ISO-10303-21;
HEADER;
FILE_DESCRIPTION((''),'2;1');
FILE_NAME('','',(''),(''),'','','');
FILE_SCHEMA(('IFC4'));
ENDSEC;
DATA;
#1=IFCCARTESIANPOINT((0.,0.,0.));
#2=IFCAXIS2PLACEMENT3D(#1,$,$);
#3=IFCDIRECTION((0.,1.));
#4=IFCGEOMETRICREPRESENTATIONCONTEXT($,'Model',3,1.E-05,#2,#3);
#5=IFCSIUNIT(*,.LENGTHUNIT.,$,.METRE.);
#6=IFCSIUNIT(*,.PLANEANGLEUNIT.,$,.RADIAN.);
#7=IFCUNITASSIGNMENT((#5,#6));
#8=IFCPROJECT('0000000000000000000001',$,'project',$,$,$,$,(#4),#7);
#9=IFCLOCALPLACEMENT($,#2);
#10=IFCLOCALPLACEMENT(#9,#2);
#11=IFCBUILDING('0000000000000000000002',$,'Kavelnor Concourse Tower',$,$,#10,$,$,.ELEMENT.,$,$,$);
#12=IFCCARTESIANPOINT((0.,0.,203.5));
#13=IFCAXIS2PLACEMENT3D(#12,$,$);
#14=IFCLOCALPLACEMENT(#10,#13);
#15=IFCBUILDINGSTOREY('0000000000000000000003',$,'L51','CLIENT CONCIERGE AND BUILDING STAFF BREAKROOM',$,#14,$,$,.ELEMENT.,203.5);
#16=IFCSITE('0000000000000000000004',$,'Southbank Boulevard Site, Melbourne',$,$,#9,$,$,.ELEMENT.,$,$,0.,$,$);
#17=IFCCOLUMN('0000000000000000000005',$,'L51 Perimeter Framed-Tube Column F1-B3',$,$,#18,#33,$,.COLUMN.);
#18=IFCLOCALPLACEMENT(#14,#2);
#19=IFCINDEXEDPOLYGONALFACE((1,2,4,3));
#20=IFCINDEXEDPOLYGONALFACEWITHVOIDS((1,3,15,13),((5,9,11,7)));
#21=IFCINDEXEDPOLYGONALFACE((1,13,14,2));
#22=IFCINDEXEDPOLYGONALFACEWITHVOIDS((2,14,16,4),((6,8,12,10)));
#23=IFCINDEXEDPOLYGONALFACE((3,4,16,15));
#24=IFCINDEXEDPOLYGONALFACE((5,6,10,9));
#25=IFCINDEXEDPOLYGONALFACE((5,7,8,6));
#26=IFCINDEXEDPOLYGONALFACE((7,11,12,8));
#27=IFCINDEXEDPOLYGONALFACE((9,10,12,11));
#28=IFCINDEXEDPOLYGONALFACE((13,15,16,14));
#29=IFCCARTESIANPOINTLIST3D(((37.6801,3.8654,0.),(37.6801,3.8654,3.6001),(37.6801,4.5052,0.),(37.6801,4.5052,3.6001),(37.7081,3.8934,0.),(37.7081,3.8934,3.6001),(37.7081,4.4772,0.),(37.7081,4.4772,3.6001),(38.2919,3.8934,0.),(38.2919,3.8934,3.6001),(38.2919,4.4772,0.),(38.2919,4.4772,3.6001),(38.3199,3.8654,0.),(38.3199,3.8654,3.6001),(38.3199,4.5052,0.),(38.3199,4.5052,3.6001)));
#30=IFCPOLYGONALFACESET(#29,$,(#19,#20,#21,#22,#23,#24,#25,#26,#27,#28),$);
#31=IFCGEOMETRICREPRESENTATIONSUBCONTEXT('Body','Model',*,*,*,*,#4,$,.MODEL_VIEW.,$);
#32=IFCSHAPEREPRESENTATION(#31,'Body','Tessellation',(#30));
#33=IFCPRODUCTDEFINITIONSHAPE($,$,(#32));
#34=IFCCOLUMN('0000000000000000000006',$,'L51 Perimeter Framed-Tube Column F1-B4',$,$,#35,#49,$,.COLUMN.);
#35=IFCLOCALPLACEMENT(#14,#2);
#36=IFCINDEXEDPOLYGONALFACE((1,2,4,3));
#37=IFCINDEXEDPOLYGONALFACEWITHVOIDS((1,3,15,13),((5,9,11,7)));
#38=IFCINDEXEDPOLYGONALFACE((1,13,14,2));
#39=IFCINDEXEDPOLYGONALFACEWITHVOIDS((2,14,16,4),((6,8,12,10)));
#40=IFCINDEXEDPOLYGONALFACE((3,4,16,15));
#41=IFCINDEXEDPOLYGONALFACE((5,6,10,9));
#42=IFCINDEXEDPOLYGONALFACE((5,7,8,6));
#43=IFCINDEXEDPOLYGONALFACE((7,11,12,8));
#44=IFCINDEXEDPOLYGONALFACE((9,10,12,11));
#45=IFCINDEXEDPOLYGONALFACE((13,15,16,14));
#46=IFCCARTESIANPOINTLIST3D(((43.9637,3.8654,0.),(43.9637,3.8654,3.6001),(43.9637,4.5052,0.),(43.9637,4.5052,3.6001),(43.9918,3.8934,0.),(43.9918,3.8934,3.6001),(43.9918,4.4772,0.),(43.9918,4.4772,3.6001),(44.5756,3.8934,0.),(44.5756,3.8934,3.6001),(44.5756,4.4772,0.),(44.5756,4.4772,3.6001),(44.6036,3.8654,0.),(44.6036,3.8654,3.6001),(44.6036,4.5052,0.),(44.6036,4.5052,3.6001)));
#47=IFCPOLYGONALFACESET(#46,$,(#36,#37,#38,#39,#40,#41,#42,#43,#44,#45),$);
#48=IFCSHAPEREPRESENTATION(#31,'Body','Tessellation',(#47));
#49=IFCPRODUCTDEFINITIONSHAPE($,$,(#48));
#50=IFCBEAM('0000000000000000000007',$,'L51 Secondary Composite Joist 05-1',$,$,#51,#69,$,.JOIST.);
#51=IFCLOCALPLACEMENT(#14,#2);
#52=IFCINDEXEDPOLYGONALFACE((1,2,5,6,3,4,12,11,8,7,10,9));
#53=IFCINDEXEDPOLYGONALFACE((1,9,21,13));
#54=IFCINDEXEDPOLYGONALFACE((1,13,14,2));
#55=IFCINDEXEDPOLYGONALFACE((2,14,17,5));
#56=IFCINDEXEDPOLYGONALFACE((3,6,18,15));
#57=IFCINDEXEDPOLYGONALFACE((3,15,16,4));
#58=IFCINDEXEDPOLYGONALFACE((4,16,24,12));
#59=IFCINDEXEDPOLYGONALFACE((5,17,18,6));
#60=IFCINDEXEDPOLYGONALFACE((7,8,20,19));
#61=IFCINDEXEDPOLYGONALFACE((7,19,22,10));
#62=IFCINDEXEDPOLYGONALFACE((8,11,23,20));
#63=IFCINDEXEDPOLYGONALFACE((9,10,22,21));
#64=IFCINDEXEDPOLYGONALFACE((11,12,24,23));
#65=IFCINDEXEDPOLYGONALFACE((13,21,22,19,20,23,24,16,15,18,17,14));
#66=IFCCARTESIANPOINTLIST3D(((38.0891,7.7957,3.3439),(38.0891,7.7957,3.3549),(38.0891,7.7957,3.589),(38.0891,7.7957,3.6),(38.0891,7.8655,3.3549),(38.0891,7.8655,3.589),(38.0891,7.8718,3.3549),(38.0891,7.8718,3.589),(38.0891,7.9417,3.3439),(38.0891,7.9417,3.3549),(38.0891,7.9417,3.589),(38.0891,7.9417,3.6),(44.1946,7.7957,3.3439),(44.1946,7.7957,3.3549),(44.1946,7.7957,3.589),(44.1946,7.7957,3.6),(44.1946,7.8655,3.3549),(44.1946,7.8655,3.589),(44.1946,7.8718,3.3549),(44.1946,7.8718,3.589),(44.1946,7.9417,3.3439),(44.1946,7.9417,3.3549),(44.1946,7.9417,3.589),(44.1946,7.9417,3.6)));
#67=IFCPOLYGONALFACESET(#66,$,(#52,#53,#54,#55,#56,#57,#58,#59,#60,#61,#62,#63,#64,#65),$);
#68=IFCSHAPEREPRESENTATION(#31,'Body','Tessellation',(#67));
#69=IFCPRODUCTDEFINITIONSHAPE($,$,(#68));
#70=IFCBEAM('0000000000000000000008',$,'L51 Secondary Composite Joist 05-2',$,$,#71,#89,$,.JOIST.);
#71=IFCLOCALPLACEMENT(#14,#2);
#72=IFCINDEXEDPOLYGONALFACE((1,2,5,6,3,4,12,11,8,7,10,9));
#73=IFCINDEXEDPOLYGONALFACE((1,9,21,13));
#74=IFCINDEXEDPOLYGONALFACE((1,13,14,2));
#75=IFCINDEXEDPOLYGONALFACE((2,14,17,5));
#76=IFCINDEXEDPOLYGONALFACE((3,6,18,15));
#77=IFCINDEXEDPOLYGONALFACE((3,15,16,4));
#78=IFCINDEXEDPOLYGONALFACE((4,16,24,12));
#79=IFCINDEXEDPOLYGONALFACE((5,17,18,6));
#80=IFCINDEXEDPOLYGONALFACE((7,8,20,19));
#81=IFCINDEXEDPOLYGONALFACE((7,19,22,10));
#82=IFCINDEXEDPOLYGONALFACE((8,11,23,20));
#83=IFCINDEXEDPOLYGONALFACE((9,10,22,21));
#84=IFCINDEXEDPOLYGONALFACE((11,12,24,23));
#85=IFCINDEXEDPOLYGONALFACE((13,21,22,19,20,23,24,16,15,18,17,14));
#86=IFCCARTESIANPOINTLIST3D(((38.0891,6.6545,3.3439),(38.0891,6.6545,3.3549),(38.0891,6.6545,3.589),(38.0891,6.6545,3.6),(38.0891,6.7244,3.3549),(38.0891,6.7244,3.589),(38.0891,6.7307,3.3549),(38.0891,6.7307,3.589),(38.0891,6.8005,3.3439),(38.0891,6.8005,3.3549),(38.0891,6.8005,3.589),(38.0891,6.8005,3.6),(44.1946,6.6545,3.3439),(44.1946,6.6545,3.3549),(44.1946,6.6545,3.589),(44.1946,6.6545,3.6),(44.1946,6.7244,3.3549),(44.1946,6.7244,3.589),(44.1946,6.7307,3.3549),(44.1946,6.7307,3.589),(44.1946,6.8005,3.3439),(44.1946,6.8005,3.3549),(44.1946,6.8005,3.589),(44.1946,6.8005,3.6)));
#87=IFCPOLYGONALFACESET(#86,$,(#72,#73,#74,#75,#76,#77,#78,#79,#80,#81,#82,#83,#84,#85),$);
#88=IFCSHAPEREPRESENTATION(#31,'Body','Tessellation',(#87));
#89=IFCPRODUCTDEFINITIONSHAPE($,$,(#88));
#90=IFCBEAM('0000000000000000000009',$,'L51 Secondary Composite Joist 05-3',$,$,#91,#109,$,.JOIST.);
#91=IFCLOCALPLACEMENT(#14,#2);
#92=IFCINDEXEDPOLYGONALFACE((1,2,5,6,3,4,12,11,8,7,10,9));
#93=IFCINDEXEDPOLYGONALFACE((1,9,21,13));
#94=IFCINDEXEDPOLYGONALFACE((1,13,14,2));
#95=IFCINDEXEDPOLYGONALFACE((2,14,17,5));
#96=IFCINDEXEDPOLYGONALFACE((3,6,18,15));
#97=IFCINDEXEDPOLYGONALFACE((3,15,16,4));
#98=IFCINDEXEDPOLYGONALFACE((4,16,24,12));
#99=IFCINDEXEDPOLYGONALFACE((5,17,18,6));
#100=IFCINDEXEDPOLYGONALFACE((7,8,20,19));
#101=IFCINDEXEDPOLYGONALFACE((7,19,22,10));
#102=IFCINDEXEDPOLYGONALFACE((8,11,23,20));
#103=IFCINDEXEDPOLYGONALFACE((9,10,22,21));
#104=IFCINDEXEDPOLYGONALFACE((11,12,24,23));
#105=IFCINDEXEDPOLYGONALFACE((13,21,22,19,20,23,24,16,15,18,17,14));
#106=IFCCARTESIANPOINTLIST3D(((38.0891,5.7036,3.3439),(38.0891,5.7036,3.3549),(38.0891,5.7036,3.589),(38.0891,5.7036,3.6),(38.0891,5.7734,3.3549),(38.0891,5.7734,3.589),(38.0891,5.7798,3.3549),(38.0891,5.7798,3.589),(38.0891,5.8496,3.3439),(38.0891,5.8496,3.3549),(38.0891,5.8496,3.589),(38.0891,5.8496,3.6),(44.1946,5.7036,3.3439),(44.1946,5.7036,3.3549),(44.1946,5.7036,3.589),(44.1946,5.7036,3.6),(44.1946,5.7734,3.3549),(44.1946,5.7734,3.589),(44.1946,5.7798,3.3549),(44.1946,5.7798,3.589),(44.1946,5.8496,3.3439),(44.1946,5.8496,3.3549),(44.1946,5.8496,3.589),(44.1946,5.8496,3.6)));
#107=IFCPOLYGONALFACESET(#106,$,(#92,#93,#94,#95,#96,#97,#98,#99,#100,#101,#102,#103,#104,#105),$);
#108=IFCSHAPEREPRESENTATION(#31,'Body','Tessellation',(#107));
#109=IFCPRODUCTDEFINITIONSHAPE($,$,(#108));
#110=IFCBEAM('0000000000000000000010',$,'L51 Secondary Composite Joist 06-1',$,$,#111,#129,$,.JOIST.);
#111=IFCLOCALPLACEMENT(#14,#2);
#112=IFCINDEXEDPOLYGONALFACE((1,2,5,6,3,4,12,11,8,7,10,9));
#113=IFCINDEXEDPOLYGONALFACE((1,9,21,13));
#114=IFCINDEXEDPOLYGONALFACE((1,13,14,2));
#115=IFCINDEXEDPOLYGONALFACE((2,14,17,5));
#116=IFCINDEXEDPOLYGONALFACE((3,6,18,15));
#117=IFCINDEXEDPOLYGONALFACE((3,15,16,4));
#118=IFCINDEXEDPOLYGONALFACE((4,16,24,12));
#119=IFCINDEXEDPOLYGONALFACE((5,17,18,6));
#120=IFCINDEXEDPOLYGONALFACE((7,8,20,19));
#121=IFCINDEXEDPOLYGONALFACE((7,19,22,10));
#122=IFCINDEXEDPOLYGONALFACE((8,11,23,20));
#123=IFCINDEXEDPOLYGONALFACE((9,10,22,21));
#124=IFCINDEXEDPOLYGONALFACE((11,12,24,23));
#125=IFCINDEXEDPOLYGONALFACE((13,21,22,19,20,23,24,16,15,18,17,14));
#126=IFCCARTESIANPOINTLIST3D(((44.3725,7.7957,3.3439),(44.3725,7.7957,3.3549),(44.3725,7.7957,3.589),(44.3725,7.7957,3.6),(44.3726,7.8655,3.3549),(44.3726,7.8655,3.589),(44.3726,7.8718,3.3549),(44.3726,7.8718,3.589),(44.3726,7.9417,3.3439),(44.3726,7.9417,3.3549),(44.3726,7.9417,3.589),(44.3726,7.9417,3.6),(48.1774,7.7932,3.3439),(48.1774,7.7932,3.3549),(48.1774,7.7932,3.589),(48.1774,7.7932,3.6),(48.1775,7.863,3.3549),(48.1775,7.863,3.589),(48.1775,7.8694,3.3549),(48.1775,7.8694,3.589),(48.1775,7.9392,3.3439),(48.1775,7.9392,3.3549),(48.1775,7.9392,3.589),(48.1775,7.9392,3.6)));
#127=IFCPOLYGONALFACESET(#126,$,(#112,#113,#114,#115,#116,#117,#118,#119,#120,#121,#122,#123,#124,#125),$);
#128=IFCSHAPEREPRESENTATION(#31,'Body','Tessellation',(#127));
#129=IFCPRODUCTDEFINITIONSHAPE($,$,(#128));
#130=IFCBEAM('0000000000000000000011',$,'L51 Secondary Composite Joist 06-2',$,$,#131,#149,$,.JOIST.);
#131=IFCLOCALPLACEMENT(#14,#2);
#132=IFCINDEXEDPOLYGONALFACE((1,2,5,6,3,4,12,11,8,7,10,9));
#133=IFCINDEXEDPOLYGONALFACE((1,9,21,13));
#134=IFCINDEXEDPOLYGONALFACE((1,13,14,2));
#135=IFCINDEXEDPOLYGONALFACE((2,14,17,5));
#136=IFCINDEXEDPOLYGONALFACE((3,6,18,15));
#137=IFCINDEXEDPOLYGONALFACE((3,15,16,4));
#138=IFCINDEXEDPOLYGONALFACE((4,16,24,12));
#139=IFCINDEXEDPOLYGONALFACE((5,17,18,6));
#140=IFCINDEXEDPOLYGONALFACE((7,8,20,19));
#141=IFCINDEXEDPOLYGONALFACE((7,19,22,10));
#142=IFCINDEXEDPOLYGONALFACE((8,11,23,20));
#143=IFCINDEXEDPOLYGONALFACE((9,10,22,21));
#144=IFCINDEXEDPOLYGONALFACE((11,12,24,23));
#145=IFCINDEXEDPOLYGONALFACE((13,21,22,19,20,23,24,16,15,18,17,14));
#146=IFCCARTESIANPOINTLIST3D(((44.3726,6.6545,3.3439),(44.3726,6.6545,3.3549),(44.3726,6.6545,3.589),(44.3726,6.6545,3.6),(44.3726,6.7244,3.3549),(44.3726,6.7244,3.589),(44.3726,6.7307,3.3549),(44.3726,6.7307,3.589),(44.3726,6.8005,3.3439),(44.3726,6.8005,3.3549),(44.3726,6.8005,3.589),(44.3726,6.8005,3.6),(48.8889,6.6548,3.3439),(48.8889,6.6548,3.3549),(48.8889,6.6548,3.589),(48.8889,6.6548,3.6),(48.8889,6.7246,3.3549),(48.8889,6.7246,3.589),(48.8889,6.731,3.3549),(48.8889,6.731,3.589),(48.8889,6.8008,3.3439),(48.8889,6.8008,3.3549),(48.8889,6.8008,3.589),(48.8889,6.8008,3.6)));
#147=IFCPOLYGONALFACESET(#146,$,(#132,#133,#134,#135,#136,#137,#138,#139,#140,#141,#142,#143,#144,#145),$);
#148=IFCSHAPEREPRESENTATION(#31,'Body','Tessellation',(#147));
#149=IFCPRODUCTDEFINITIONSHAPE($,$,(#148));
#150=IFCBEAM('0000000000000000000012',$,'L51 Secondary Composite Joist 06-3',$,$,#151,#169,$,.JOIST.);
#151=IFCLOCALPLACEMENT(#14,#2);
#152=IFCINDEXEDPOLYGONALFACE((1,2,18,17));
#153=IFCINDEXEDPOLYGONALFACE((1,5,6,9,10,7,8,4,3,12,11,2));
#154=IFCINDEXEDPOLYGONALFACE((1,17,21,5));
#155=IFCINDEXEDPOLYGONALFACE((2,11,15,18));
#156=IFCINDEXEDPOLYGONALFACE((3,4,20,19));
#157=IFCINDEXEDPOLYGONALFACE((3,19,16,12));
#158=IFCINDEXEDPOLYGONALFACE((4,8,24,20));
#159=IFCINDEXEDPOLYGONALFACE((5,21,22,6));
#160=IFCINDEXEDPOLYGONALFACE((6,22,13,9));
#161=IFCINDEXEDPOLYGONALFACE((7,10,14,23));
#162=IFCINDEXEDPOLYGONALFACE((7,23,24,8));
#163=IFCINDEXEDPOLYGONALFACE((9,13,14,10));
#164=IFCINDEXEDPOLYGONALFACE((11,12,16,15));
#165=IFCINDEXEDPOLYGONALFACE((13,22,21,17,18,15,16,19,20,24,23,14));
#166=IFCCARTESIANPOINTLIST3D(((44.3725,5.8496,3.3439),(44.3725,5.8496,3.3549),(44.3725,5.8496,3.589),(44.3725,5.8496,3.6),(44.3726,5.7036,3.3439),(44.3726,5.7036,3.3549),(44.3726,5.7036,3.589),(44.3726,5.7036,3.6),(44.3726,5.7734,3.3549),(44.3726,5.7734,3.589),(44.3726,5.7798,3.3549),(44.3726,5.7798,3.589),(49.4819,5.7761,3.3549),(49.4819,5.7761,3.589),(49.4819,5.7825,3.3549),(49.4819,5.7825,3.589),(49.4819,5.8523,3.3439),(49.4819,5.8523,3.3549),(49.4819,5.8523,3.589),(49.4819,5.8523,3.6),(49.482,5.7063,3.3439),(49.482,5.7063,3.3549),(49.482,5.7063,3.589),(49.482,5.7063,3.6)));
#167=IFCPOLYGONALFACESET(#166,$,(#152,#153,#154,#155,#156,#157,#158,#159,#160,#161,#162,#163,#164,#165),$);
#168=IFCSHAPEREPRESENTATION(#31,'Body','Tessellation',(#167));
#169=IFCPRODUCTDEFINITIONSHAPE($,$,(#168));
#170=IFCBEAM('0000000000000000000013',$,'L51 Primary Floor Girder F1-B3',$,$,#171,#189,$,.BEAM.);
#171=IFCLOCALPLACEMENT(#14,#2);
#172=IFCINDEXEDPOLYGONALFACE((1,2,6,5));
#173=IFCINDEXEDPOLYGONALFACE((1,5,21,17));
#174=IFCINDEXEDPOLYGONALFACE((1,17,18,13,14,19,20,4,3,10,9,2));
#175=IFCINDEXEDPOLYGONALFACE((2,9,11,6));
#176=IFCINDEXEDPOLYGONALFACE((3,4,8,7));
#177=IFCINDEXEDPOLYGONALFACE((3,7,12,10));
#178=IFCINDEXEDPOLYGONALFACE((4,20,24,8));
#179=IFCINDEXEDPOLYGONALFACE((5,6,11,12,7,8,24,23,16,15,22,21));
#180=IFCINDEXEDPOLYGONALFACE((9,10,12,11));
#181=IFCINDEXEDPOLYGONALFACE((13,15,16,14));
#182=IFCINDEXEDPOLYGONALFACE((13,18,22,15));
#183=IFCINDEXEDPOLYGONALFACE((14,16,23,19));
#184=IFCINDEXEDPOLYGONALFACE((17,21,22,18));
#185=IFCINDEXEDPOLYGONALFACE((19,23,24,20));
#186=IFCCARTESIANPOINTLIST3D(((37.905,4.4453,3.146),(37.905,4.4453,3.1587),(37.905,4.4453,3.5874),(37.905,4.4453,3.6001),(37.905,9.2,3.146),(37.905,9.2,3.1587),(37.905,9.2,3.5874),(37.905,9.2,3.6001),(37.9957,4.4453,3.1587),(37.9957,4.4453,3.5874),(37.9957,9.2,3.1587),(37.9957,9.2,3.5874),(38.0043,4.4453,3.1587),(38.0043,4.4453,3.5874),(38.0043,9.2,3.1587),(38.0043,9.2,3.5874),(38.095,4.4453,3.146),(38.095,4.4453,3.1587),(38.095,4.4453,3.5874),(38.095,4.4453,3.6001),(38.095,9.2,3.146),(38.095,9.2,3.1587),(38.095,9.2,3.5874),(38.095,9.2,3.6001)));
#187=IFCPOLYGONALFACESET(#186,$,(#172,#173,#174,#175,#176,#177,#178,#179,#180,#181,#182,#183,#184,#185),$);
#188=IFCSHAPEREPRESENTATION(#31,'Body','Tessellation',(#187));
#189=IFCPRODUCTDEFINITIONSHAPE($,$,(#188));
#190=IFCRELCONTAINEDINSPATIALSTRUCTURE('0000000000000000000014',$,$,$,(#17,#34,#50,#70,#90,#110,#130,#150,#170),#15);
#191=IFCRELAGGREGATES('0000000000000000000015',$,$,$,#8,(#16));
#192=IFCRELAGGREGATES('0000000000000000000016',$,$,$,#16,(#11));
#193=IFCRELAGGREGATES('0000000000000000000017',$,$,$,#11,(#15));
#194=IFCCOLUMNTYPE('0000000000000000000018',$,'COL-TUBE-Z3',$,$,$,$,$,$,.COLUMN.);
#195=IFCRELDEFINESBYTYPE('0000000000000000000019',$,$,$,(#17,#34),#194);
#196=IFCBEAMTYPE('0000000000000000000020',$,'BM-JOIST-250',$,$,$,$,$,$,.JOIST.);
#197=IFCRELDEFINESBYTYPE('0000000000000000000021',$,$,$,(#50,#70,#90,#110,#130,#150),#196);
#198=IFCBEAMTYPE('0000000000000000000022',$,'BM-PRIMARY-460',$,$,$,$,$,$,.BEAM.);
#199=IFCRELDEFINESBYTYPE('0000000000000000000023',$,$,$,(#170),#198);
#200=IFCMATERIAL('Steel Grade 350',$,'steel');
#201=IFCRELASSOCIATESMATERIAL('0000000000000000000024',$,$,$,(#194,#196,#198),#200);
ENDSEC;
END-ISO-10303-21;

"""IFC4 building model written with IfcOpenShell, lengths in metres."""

from ifc_helpers import new_model, si_unit, direction, frame, origin, origin_2d, place, context, subcontext, project, spatial, hollow_rectangle, i_section, extrude, material, material_profile, profile_set, type_object, element, save


model = new_model("IFC4")

# Units and contexts
model_context = context("Model", 3, precision=1e-05, world=origin(), true_north=direction((0.0, 1.0)))
body_context = subcontext(model_context, "Body", "Model", "MODEL_VIEW")
ifc_project = project(units=[si_unit("LENGTHUNIT", "METRE"), si_unit("PLANEANGLEUNIT", "RADIAN")], contexts=[model_context])

# Site, building, storey
site_placement = place(None, origin())
site = spatial("IfcSite", under=ifc_project, at=site_placement, Name="Southbank Boulevard Site, Melbourne", CompositionType="ELEMENT", RefElevation=0.0)
building_placement = place(site_placement, origin())
building = spatial("IfcBuilding", under=site, at=building_placement, Name="Kavelnor Concourse Tower", CompositionType="ELEMENT")
storey_placement = place(building_placement, frame((0.0, 0.0, 203.5)))
storey = spatial("IfcBuildingStorey", under=building, at=storey_placement, Name="L51", Description="CLIENT CONCIERGE AND BUILDING STAFF BREAKROOM", CompositionType="ELEMENT", Elevation=203.5)

# Columns
ifc_material_1 = material(Name="Steel Grade 350", Category="steel")
ifc_material_profile_1 = material_profile(ifc_material_1, hollow_rectangle(XDim=0.6399, YDim=0.6399, WallThickness=0.0281, at=origin_2d()), Name="SHS 640x640x28")
ifc_profile_set_1 = profile_set([ifc_material_profile_1], Name="Steel Grade 350")
column_type = type_object("IfcColumnType", Name="COL-TUBE-Z3", PredefinedType="COLUMN", material=ifc_profile_set_1)
for number, where, z_axis, x_axis, name in (
    (1, (38.0, 4.1853, 0.0), (0.0, 0.0, 1.0), (1.0, 0.0, 0.0), "L51 Perimeter Framed-Tube Column F1-B3"),
    (2, (44.2837, 4.1853, 0.0), (0.0, 0.0, 1.0), (1.0, 0.0, 0.0), "L51 Perimeter Framed-Tube Column F1-B4"),
):
    element("IfcColumn", number, at=place(storey_placement, frame(where, z_axis=z_axis, x_axis=x_axis)), inside=storey, type_object=column_type, Name=name, PredefinedType="COLUMN", context=body_context, shape_type="SweptSolid", body=[
        extrude(hollow_rectangle(XDim=0.6399, YDim=0.6399, WallThickness=0.0281, at=origin_2d()), origin(), (0.0, 0.0, 1.0), 3.6001),
    ])

# Beams
ifc_material_profile_2 = material_profile(ifc_material_1, i_section(OverallWidth=0.146, OverallDepth=0.2561, WebThickness=0.0063, FlangeThickness=0.011, at=origin_2d()), Name="250UB37")
ifc_profile_set_2 = profile_set([ifc_material_profile_2], Name="Steel Grade 350")
beam_type_1 = type_object("IfcBeamType", Name="BM-JOIST-250", PredefinedType="JOIST", material=ifc_profile_set_2)
for number, where, z_axis, x_axis, name in (
    (3, (38.0891, 7.8687, 3.4719), (1.0, 0.0, 0.0), (0.0, 1.0, 0.0), "L51 Secondary Composite Joist 05-1"),
    (4, (38.0891, 6.7275, 3.4719), (1.0, 0.0, 0.0), (0.0, 1.0, 0.0), "L51 Secondary Composite Joist 05-2"),
    (5, (38.0891, 5.7766, 3.4719), (1.0, 0.0, 0.0), (0.0, 1.0, 0.0), "L51 Secondary Composite Joist 05-3"),
):
    element("IfcBeam", number, at=place(storey_placement, frame(where, z_axis=z_axis, x_axis=x_axis)), inside=storey, type_object=beam_type_1, Name=name, PredefinedType="JOIST", context=body_context, shape_type="SweptSolid", body=[
        extrude(i_section(OverallWidth=0.146, OverallDepth=0.2561, WebThickness=0.0063, FlangeThickness=0.011, at=origin_2d()), origin(), (0.0, 0.0, 1.0), 6.1055),
    ])
beam_1_placement = place(storey_placement, frame((44.3726, 7.8687, 3.4719), z_axis=(1.0, -0.000642, 0.0), x_axis=(0.000642, 1.0, 0.0)))
element("IfcBeam", 6, at=beam_1_placement, inside=storey, type_object=beam_type_1, Name="L51 Secondary Composite Joist 06-1", PredefinedType="JOIST", context=body_context, shape_type="SweptSolid", body=[
    extrude(i_section(OverallWidth=0.146, OverallDepth=0.2561, WebThickness=0.0063, FlangeThickness=0.011, at=origin_2d()), origin(), (0.0, 0.0, 1.0), 3.8049),
])
beam_2_placement = place(storey_placement, frame((44.3726, 6.7275, 3.4719), z_axis=(1.0, 0.000054, 0.0), x_axis=(-0.000054, 1.0, 0.0)))
element("IfcBeam", 7, at=beam_2_placement, inside=storey, type_object=beam_type_1, Name="L51 Secondary Composite Joist 06-2", PredefinedType="JOIST", context=body_context, shape_type="SweptSolid", body=[
    extrude(i_section(OverallWidth=0.146, OverallDepth=0.2561, WebThickness=0.0063, FlangeThickness=0.011, at=origin_2d()), origin(), (0.0, 0.0, 1.0), 4.5164),
])
beam_3_placement = place(storey_placement, frame((44.3726, 5.7766, 3.4719), z_axis=(1.0, 0.000526, 0.0), x_axis=(-0.000526, 1.0, 0.0)))
element("IfcBeam", 8, at=beam_3_placement, inside=storey, type_object=beam_type_1, Name="L51 Secondary Composite Joist 06-3", PredefinedType="JOIST", context=body_context, shape_type="SweptSolid", body=[
    extrude(i_section(OverallWidth=0.146, OverallDepth=0.2561, WebThickness=0.0063, FlangeThickness=0.011, at=origin_2d()), origin(), (0.0, 0.0, 1.0), 5.1094),
])
ifc_material_profile_3 = material_profile(ifc_material_1, i_section(OverallWidth=0.1899, OverallDepth=0.4541, WebThickness=0.0085, FlangeThickness=0.0127, at=origin_2d()), Name="460UB67")
ifc_profile_set_3 = profile_set([ifc_material_profile_3], Name="Steel Grade 350")
beam_type_2 = type_object("IfcBeamType", Name="BM-PRIMARY-460", PredefinedType="BEAM", material=ifc_profile_set_3)
for number, where, z_axis, x_axis, name in (
    (9, (38.0, 9.2, 3.373), (0.0, -1.0, 0.0), (1.0, 0.0, 0.0), "L51 Primary Floor Girder F1-B3"),
):
    element("IfcBeam", number, at=place(storey_placement, frame(where, z_axis=z_axis, x_axis=x_axis)), inside=storey, type_object=beam_type_2, Name=name, PredefinedType="BEAM", context=body_context, shape_type="SweptSolid", body=[
        extrude(i_section(OverallWidth=0.1899, OverallDepth=0.4541, WebThickness=0.0085, FlangeThickness=0.0127, at=origin_2d()), origin(), (0.0, 0.0, 1.0), 4.7546),
    ])

save(model, "model.ifc")
